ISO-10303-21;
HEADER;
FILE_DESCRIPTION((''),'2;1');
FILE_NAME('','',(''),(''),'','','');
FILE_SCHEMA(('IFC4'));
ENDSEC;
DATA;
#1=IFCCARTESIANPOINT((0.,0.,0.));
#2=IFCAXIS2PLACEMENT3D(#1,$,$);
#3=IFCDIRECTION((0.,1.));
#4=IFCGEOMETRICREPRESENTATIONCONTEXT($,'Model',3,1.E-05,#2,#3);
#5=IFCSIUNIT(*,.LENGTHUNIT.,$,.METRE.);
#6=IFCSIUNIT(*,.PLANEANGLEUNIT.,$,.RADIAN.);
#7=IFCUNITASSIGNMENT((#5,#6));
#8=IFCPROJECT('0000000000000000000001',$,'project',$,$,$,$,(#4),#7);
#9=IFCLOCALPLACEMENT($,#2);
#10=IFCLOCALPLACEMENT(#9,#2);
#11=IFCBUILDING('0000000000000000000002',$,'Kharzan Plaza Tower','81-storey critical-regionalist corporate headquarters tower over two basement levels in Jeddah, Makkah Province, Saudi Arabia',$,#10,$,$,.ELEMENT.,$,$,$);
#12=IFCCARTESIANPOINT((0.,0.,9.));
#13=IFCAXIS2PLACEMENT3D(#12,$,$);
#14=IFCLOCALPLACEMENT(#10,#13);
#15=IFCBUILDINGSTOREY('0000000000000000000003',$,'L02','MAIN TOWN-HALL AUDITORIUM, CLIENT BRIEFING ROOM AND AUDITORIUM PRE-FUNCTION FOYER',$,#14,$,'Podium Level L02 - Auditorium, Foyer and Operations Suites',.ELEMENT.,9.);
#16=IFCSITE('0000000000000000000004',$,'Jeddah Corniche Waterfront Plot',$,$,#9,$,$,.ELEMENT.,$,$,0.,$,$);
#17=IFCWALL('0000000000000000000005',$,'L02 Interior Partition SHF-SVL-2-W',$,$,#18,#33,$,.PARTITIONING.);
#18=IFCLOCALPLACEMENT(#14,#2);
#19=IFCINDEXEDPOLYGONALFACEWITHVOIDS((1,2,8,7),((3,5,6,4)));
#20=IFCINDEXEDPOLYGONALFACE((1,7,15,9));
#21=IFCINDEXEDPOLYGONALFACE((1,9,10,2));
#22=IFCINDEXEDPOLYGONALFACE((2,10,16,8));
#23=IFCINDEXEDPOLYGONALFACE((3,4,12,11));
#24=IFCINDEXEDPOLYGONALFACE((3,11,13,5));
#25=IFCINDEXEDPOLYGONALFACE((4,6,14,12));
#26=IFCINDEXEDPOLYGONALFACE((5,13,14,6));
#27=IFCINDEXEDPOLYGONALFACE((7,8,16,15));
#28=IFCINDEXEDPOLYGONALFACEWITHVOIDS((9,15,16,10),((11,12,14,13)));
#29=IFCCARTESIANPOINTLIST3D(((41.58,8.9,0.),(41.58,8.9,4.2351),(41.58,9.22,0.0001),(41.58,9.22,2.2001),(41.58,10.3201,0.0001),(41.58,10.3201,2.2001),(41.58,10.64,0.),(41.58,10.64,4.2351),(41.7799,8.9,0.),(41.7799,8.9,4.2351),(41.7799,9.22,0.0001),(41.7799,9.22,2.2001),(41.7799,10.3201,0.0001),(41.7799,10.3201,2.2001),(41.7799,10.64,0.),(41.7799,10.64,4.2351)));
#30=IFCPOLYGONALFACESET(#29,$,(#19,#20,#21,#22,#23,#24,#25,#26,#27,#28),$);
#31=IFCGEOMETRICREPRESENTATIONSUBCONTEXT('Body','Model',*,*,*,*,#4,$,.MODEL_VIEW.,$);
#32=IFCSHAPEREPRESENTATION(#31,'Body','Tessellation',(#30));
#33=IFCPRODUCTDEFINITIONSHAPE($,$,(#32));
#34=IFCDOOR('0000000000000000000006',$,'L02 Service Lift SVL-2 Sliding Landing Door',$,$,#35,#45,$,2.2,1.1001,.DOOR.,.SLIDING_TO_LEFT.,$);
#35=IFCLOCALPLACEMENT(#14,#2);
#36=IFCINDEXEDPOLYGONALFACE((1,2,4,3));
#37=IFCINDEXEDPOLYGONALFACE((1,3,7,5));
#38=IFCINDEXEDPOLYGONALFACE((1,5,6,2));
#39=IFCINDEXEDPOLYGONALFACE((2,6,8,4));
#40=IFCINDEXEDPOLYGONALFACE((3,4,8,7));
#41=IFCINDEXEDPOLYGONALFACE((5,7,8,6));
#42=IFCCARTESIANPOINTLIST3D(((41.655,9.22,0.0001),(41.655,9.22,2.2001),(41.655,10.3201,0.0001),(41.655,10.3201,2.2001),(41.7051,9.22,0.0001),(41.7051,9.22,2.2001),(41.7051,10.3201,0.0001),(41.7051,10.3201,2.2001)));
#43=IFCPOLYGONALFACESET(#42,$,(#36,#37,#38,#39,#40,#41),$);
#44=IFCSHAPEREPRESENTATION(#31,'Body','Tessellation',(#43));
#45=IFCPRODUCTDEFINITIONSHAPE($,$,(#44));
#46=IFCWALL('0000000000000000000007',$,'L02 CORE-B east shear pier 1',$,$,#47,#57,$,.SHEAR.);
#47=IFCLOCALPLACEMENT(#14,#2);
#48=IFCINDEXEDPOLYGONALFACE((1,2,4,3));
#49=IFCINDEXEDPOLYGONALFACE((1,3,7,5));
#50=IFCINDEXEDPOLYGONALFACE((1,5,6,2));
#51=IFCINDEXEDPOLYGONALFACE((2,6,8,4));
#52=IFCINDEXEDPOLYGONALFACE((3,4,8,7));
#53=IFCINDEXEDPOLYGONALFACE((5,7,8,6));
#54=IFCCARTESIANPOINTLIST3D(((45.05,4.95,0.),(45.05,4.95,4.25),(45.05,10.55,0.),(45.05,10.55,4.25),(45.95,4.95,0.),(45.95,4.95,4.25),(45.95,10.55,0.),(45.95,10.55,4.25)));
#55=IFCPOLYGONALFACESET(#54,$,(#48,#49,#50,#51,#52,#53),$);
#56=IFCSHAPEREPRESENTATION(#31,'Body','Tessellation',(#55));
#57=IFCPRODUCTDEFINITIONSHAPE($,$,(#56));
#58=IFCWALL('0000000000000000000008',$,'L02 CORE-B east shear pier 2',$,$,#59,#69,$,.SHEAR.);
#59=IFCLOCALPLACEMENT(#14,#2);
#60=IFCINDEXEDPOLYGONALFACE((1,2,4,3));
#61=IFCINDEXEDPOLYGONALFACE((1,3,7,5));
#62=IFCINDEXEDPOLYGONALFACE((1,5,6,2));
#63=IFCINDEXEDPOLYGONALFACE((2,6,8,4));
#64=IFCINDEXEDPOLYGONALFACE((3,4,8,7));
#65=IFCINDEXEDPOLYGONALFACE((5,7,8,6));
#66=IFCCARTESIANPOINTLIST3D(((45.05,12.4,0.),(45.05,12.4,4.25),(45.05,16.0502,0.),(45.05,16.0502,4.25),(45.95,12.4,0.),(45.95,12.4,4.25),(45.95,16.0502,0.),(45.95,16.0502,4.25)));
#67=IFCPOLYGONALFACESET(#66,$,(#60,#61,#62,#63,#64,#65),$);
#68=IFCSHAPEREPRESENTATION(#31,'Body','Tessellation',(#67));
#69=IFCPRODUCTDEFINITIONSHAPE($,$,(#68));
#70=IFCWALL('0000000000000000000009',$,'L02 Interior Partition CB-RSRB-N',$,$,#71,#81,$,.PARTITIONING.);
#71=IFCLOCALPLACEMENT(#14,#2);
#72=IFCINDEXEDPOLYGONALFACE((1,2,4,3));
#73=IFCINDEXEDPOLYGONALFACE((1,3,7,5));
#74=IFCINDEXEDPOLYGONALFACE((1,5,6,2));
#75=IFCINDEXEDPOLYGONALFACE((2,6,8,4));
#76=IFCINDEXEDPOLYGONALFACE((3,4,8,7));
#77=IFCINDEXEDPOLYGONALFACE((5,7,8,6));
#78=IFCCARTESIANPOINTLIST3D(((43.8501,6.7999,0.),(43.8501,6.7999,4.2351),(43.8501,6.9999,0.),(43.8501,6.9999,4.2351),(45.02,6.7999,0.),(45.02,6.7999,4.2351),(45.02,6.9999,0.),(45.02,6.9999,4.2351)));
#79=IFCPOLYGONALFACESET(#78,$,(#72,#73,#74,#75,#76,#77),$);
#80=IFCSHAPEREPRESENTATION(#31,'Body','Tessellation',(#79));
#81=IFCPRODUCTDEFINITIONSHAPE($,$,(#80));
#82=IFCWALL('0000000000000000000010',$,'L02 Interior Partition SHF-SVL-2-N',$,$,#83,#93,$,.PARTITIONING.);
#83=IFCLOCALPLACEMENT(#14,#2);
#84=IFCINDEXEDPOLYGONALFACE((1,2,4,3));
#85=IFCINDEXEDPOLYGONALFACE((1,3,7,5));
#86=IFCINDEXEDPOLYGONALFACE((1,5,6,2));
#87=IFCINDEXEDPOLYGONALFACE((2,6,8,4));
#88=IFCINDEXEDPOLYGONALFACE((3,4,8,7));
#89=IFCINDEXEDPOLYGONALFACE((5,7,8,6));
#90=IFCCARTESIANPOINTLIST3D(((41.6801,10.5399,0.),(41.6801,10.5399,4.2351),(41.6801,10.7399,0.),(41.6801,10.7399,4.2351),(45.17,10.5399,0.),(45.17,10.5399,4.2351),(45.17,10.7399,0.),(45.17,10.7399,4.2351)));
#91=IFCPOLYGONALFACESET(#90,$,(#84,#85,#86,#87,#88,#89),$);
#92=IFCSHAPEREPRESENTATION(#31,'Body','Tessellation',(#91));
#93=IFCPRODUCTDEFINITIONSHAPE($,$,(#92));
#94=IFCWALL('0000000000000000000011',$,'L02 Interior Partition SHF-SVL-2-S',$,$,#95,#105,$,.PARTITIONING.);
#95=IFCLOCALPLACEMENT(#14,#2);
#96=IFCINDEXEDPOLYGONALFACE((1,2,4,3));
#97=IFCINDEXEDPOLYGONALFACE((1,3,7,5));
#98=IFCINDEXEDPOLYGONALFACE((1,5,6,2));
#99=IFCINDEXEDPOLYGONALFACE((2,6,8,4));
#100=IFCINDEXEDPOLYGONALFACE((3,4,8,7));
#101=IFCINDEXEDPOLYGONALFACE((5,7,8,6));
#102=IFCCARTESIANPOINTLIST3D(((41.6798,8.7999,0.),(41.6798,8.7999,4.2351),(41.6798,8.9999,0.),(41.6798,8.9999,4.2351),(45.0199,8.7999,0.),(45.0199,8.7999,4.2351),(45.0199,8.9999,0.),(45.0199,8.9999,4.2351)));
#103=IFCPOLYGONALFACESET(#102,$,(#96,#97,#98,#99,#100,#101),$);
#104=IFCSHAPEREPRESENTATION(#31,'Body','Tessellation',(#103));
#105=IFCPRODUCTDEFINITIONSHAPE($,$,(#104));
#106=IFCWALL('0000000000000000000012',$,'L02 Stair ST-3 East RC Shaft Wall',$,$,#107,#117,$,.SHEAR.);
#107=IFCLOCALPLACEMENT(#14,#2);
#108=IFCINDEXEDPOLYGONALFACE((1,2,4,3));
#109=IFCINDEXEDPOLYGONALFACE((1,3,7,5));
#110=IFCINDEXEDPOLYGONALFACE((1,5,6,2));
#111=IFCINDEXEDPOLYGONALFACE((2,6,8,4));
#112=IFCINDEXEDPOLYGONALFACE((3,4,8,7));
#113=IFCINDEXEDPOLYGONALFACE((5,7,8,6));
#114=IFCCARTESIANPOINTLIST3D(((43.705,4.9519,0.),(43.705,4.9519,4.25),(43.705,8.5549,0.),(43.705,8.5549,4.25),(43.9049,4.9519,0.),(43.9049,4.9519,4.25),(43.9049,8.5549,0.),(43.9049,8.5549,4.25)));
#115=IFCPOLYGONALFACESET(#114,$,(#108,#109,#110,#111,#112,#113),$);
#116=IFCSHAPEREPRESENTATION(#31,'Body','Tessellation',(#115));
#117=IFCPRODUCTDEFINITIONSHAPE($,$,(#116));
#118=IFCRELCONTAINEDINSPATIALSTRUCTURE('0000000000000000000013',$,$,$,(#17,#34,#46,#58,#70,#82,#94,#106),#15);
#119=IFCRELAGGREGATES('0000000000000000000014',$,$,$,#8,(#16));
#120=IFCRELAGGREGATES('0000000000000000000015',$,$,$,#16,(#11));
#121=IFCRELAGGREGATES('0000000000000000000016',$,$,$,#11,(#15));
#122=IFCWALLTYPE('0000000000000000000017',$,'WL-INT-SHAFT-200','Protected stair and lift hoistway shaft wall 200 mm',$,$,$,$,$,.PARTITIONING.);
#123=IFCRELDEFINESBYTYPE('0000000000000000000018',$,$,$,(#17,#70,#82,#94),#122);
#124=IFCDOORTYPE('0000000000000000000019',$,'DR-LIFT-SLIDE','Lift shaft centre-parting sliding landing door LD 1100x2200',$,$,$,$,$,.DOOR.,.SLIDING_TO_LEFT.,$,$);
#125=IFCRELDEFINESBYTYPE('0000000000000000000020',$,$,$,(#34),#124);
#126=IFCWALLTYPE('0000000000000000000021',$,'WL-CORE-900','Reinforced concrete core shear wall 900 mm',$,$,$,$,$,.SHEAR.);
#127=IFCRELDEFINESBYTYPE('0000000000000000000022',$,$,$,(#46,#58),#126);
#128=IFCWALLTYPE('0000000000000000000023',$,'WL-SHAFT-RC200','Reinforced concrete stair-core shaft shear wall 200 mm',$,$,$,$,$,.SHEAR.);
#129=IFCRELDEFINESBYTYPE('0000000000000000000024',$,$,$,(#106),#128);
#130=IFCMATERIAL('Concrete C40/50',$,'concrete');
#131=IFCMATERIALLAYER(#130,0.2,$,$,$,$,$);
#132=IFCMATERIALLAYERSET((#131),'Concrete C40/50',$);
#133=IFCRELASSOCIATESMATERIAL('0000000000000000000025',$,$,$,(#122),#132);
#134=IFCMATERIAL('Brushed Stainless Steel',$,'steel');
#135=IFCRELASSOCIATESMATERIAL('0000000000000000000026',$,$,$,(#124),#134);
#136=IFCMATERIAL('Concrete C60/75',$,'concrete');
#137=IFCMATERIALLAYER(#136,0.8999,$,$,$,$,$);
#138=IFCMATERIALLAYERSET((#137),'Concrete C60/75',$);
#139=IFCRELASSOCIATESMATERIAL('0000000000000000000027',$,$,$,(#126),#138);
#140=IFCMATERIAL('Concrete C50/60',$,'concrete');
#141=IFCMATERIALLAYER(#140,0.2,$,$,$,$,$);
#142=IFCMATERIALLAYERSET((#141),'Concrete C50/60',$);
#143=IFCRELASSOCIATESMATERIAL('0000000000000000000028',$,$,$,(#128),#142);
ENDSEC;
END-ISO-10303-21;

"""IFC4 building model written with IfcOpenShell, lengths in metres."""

from ifc_helpers import new_model, si_unit, direction, frame, frame_2d, origin, place, context, subcontext, project, spatial, rectangle, extrude, source, transform, mapped, material, layer, layer_set, type_object, element, fill, save


model = new_model("IFC4")

# Units and contexts
model_context = context("Model", 3, precision=1e-05, world=origin(), true_north=direction((0.0, 1.0)))
body_context = subcontext(model_context, "Body", "Model", "MODEL_VIEW")
ifc_project = project(units=[si_unit("LENGTHUNIT", "METRE"), si_unit("PLANEANGLEUNIT", "RADIAN")], contexts=[model_context])

# Site, building, storey
site_placement = place(None, origin())
site = spatial("IfcSite", under=ifc_project, at=site_placement, Name="Jeddah Corniche Waterfront Plot", CompositionType="ELEMENT", RefElevation=0.0)
building_placement = place(site_placement, origin())
building = spatial("IfcBuilding", under=site, at=building_placement, Name="Kharzan Plaza Tower", Description="81-storey critical-regionalist corporate headquarters tower over two basement levels in Jeddah, Makkah Province, Saudi Arabia", CompositionType="ELEMENT")
storey_placement = place(building_placement, frame((0.0, 0.0, 9.0)))
storey = spatial("IfcBuildingStorey", under=building, at=storey_placement, Name="L02", Description="MAIN TOWN-HALL AUDITORIUM, CLIENT BRIEFING ROOM AND AUDITORIUM PRE-FUNCTION FOYER", LongName="Podium Level L02 - Auditorium, Foyer and Operations Suites", CompositionType="ELEMENT", Elevation=9.0)

# Shared definitions
ifc_material_1 = material(Name="Concrete C60/75", Category="concrete")

# Wall, opening, door
ifc_material_2 = material(Name="Concrete C40/50", Category="concrete")
ifc_layer_1 = layer(ifc_material_2, 0.2)
ifc_layer_set_1 = layer_set([ifc_layer_1], Name="Concrete C40/50")
wall_type_1 = type_object("IfcWallType", Name="WL-INT-SHAFT-200", Description="Protected stair and lift hoistway shaft wall 200 mm", PredefinedType="PARTITIONING", material=ifc_layer_set_1)
wall_1_placement = place(storey_placement, frame((41.6799, 8.8999, 0.0), z_axis=(0.0, 0.0, 1.0), x_axis=(0.0, 1.0, 0.0)))
wall_1 = element("IfcWall", 1, at=wall_1_placement, inside=storey, type_object=wall_type_1, Name="L02 Interior Partition SHF-SVL-2-W", PredefinedType="PARTITIONING", context=body_context, shape_type="SweptSolid", body=[
    extrude(rectangle(XDim=1.74, YDim=0.2, at=frame_2d((0.8701, 0.0))), origin(), (0.0, 0.0, 1.0), 4.2351),
])
opening_placement = place(wall_1_placement, frame((0.3201, 0.0, 0.0)))
opening = element("IfcOpeningElement", 2, at=opening_placement, cuts=wall_1, PredefinedType="OPENING", context=body_context, shape_type="SweptSolid", body=[
    extrude(rectangle(XDim=1.1001, YDim=2.2, at=frame_2d((0.55, 1.1001))), frame((0.0, 0.1099, 0.0), z_axis=(0.0, -1.0, 0.0), x_axis=(1.0, 0.0, 0.0)), (0.0, 0.0, 1.0), 0.22),
])
ifc_material_3 = material(Name="Brushed Stainless Steel", Category="steel")
door_type = type_object("IfcDoorType", Name="DR-LIFT-SLIDE", Description="Lift shaft centre-parting sliding landing door LD 1100x2200", OperationType="SLIDING_TO_LEFT", PredefinedType="DOOR", material=ifc_material_3)
shared_shape_1 = source(origin(), body_context, "Body", "SweptSolid", [
    extrude(rectangle(XDim=1.1001, YDim=2.2, at=frame_2d((0.55, 1.1001))), frame((0.0, 0.0249, 0.0), z_axis=(0.0, -1.0, 0.0), x_axis=(1.0, 0.0, 0.0)), (0.0, 0.0, 1.0), 0.05),
])
door_placement = place(opening_placement, origin())
door = element("IfcDoor", 3, at=door_placement, inside=storey, type_object=door_type, Name="L02 Service Lift SVL-2 Sliding Landing Door", OperationType="SLIDING_TO_LEFT", OverallHeight=2.2, OverallWidth=1.1001, PredefinedType="DOOR", context=body_context, shape_type="MappedRepresentation", body=[
    mapped(shared_shape_1, transform((0.0, 0.0, 0.0), x_axis=(1.0, 0.0, 0.0), y_axis=(0.0, 1.0, 0.0), z_axis=(0.0, 0.0, 1.0))),
])
fill(opening, door)

# Walls
ifc_layer_2 = layer(ifc_material_1, 0.8999)
ifc_layer_set_2 = layer_set([ifc_layer_2], Name="Concrete C60/75")
wall_type_2 = type_object("IfcWallType", Name="WL-CORE-900", Description="Reinforced concrete core shear wall 900 mm", PredefinedType="SHEAR", material=ifc_layer_set_2)
shared_shape_2 = source(origin(), body_context, "Body", "SweptSolid", [
    extrude(rectangle(XDim=5.6001, YDim=0.8999, at=frame_2d((2.8, 0.0))), origin(), (0.0, 0.0, 1.0), 4.25),
])
wall_2_placement = place(storey_placement, frame((45.5, 4.95, 0.0), z_axis=(0.0, 0.0, 1.0), x_axis=(0.0, 1.0, 0.0)))
element("IfcWall", 4, at=wall_2_placement, inside=storey, type_object=wall_type_2, Name="L02 CORE-B east shear pier 1", PredefinedType="SHEAR", context=body_context, shape_type="MappedRepresentation", body=[
    mapped(shared_shape_2, transform((0.0, 0.0, 0.0), x_axis=(1.0, 0.0, 0.0), y_axis=(0.0, 1.0, 0.0), z_axis=(0.0, 0.0, 1.0))),
])
shared_shape_3 = source(origin(), body_context, "Body", "SweptSolid", [
    extrude(rectangle(XDim=3.6501, YDim=0.8999, at=frame_2d((1.8252, 0.0))), origin(), (0.0, 0.0, 1.0), 4.25),
])
wall_3_placement = place(storey_placement, frame((45.5, 12.3999, 0.0), z_axis=(0.0, 0.0, 1.0), x_axis=(0.0, 1.0, 0.0)))
element("IfcWall", 5, at=wall_3_placement, inside=storey, type_object=wall_type_2, Name="L02 CORE-B east shear pier 2", PredefinedType="SHEAR", context=body_context, shape_type="MappedRepresentation", body=[
    mapped(shared_shape_3, transform((0.0, 0.0, 0.0), x_axis=(1.0, 0.0, 0.0), y_axis=(0.0, 1.0, 0.0), z_axis=(0.0, 0.0, 1.0))),
])
shared_shape_4 = source(origin(), body_context, "Body", "SweptSolid", [
    extrude(rectangle(XDim=1.1699, YDim=0.2, at=frame_2d((0.585, 0.0))), origin(), (0.0, 0.0, 1.0), 4.2351),
])
wall_4_placement = place(storey_placement, frame((43.8501, 6.8999, 0.0), z_axis=(0.0, 0.0, 1.0), x_axis=(1.0, 0.0, 0.0)))
element("IfcWall", 6, at=wall_4_placement, inside=storey, type_object=wall_type_1, Name="L02 Interior Partition CB-RSRB-N", PredefinedType="PARTITIONING", context=body_context, shape_type="MappedRepresentation", body=[
    mapped(shared_shape_4, transform((0.0, 0.0, 0.0), x_axis=(1.0, 0.0, 0.0), y_axis=(0.0, 1.0, 0.0), z_axis=(0.0, 0.0, 1.0))),
])
shared_shape_5 = source(origin(), body_context, "Body", "SweptSolid", [
    extrude(rectangle(XDim=3.49, YDim=0.2, at=frame_2d((1.7451, 0.0))), origin(), (0.0, 0.0, 1.0), 4.2351),
])
wall_5_placement = place(storey_placement, frame((41.6799, 10.6399, 0.0), z_axis=(0.0, 0.0, 1.0), x_axis=(1.0, 0.0, 0.0)))
element("IfcWall", 7, at=wall_5_placement, inside=storey, type_object=wall_type_1, Name="L02 Interior Partition SHF-SVL-2-N", PredefinedType="PARTITIONING", context=body_context, shape_type="MappedRepresentation", body=[
    mapped(shared_shape_5, transform((0.0, 0.0, 0.0), x_axis=(1.0, 0.0, 0.0), y_axis=(0.0, 1.0, 0.0), z_axis=(0.0, 0.0, 1.0))),
])
shared_shape_6 = source(origin(), body_context, "Body", "SweptSolid", [
    extrude(rectangle(XDim=3.3401, YDim=0.2, at=frame_2d((1.6699, 0.0))), origin(), (0.0, 0.0, 1.0), 4.2351),
])
wall_6_placement = place(storey_placement, frame((41.6799, 8.8999, 0.0), z_axis=(0.0, 0.0, 1.0), x_axis=(1.0, 0.0, 0.0)))
element("IfcWall", 8, at=wall_6_placement, inside=storey, type_object=wall_type_1, Name="L02 Interior Partition SHF-SVL-2-S", PredefinedType="PARTITIONING", context=body_context, shape_type="MappedRepresentation", body=[
    mapped(shared_shape_6, transform((0.0, 0.0, 0.0), x_axis=(1.0, 0.0, 0.0), y_axis=(0.0, 1.0, 0.0), z_axis=(0.0, 0.0, 1.0))),
])
ifc_material_4 = material(Name="Concrete C50/60", Category="concrete")
ifc_layer_3 = layer(ifc_material_4, 0.2)
ifc_layer_set_3 = layer_set([ifc_layer_3], Name="Concrete C50/60")
wall_type_3 = type_object("IfcWallType", Name="WL-SHAFT-RC200", Description="Reinforced concrete stair-core shaft shear wall 200 mm", PredefinedType="SHEAR", material=ifc_layer_set_3)
shared_shape_7 = source(origin(), body_context, "Body", "SweptSolid", [
    extrude(rectangle(XDim=3.603, YDim=0.2, at=frame_2d((1.8015, 0.0))), origin(), (0.0, 0.0, 1.0), 4.25),
])
wall_7_placement = place(storey_placement, frame((43.8049, 4.9519, 0.0), z_axis=(0.0, 0.0, 1.0), x_axis=(0.0, 1.0, 0.0)))
element("IfcWall", 9, at=wall_7_placement, inside=storey, type_object=wall_type_3, Name="L02 Stair ST-3 East RC Shaft Wall", PredefinedType="SHEAR", context=body_context, shape_type="MappedRepresentation", body=[
    mapped(shared_shape_7, transform((0.0, 0.0, 0.0), x_axis=(1.0, 0.0, 0.0), y_axis=(0.0, 1.0, 0.0), z_axis=(0.0, 0.0, 1.0))),
])

save(model, "model.ifc")
